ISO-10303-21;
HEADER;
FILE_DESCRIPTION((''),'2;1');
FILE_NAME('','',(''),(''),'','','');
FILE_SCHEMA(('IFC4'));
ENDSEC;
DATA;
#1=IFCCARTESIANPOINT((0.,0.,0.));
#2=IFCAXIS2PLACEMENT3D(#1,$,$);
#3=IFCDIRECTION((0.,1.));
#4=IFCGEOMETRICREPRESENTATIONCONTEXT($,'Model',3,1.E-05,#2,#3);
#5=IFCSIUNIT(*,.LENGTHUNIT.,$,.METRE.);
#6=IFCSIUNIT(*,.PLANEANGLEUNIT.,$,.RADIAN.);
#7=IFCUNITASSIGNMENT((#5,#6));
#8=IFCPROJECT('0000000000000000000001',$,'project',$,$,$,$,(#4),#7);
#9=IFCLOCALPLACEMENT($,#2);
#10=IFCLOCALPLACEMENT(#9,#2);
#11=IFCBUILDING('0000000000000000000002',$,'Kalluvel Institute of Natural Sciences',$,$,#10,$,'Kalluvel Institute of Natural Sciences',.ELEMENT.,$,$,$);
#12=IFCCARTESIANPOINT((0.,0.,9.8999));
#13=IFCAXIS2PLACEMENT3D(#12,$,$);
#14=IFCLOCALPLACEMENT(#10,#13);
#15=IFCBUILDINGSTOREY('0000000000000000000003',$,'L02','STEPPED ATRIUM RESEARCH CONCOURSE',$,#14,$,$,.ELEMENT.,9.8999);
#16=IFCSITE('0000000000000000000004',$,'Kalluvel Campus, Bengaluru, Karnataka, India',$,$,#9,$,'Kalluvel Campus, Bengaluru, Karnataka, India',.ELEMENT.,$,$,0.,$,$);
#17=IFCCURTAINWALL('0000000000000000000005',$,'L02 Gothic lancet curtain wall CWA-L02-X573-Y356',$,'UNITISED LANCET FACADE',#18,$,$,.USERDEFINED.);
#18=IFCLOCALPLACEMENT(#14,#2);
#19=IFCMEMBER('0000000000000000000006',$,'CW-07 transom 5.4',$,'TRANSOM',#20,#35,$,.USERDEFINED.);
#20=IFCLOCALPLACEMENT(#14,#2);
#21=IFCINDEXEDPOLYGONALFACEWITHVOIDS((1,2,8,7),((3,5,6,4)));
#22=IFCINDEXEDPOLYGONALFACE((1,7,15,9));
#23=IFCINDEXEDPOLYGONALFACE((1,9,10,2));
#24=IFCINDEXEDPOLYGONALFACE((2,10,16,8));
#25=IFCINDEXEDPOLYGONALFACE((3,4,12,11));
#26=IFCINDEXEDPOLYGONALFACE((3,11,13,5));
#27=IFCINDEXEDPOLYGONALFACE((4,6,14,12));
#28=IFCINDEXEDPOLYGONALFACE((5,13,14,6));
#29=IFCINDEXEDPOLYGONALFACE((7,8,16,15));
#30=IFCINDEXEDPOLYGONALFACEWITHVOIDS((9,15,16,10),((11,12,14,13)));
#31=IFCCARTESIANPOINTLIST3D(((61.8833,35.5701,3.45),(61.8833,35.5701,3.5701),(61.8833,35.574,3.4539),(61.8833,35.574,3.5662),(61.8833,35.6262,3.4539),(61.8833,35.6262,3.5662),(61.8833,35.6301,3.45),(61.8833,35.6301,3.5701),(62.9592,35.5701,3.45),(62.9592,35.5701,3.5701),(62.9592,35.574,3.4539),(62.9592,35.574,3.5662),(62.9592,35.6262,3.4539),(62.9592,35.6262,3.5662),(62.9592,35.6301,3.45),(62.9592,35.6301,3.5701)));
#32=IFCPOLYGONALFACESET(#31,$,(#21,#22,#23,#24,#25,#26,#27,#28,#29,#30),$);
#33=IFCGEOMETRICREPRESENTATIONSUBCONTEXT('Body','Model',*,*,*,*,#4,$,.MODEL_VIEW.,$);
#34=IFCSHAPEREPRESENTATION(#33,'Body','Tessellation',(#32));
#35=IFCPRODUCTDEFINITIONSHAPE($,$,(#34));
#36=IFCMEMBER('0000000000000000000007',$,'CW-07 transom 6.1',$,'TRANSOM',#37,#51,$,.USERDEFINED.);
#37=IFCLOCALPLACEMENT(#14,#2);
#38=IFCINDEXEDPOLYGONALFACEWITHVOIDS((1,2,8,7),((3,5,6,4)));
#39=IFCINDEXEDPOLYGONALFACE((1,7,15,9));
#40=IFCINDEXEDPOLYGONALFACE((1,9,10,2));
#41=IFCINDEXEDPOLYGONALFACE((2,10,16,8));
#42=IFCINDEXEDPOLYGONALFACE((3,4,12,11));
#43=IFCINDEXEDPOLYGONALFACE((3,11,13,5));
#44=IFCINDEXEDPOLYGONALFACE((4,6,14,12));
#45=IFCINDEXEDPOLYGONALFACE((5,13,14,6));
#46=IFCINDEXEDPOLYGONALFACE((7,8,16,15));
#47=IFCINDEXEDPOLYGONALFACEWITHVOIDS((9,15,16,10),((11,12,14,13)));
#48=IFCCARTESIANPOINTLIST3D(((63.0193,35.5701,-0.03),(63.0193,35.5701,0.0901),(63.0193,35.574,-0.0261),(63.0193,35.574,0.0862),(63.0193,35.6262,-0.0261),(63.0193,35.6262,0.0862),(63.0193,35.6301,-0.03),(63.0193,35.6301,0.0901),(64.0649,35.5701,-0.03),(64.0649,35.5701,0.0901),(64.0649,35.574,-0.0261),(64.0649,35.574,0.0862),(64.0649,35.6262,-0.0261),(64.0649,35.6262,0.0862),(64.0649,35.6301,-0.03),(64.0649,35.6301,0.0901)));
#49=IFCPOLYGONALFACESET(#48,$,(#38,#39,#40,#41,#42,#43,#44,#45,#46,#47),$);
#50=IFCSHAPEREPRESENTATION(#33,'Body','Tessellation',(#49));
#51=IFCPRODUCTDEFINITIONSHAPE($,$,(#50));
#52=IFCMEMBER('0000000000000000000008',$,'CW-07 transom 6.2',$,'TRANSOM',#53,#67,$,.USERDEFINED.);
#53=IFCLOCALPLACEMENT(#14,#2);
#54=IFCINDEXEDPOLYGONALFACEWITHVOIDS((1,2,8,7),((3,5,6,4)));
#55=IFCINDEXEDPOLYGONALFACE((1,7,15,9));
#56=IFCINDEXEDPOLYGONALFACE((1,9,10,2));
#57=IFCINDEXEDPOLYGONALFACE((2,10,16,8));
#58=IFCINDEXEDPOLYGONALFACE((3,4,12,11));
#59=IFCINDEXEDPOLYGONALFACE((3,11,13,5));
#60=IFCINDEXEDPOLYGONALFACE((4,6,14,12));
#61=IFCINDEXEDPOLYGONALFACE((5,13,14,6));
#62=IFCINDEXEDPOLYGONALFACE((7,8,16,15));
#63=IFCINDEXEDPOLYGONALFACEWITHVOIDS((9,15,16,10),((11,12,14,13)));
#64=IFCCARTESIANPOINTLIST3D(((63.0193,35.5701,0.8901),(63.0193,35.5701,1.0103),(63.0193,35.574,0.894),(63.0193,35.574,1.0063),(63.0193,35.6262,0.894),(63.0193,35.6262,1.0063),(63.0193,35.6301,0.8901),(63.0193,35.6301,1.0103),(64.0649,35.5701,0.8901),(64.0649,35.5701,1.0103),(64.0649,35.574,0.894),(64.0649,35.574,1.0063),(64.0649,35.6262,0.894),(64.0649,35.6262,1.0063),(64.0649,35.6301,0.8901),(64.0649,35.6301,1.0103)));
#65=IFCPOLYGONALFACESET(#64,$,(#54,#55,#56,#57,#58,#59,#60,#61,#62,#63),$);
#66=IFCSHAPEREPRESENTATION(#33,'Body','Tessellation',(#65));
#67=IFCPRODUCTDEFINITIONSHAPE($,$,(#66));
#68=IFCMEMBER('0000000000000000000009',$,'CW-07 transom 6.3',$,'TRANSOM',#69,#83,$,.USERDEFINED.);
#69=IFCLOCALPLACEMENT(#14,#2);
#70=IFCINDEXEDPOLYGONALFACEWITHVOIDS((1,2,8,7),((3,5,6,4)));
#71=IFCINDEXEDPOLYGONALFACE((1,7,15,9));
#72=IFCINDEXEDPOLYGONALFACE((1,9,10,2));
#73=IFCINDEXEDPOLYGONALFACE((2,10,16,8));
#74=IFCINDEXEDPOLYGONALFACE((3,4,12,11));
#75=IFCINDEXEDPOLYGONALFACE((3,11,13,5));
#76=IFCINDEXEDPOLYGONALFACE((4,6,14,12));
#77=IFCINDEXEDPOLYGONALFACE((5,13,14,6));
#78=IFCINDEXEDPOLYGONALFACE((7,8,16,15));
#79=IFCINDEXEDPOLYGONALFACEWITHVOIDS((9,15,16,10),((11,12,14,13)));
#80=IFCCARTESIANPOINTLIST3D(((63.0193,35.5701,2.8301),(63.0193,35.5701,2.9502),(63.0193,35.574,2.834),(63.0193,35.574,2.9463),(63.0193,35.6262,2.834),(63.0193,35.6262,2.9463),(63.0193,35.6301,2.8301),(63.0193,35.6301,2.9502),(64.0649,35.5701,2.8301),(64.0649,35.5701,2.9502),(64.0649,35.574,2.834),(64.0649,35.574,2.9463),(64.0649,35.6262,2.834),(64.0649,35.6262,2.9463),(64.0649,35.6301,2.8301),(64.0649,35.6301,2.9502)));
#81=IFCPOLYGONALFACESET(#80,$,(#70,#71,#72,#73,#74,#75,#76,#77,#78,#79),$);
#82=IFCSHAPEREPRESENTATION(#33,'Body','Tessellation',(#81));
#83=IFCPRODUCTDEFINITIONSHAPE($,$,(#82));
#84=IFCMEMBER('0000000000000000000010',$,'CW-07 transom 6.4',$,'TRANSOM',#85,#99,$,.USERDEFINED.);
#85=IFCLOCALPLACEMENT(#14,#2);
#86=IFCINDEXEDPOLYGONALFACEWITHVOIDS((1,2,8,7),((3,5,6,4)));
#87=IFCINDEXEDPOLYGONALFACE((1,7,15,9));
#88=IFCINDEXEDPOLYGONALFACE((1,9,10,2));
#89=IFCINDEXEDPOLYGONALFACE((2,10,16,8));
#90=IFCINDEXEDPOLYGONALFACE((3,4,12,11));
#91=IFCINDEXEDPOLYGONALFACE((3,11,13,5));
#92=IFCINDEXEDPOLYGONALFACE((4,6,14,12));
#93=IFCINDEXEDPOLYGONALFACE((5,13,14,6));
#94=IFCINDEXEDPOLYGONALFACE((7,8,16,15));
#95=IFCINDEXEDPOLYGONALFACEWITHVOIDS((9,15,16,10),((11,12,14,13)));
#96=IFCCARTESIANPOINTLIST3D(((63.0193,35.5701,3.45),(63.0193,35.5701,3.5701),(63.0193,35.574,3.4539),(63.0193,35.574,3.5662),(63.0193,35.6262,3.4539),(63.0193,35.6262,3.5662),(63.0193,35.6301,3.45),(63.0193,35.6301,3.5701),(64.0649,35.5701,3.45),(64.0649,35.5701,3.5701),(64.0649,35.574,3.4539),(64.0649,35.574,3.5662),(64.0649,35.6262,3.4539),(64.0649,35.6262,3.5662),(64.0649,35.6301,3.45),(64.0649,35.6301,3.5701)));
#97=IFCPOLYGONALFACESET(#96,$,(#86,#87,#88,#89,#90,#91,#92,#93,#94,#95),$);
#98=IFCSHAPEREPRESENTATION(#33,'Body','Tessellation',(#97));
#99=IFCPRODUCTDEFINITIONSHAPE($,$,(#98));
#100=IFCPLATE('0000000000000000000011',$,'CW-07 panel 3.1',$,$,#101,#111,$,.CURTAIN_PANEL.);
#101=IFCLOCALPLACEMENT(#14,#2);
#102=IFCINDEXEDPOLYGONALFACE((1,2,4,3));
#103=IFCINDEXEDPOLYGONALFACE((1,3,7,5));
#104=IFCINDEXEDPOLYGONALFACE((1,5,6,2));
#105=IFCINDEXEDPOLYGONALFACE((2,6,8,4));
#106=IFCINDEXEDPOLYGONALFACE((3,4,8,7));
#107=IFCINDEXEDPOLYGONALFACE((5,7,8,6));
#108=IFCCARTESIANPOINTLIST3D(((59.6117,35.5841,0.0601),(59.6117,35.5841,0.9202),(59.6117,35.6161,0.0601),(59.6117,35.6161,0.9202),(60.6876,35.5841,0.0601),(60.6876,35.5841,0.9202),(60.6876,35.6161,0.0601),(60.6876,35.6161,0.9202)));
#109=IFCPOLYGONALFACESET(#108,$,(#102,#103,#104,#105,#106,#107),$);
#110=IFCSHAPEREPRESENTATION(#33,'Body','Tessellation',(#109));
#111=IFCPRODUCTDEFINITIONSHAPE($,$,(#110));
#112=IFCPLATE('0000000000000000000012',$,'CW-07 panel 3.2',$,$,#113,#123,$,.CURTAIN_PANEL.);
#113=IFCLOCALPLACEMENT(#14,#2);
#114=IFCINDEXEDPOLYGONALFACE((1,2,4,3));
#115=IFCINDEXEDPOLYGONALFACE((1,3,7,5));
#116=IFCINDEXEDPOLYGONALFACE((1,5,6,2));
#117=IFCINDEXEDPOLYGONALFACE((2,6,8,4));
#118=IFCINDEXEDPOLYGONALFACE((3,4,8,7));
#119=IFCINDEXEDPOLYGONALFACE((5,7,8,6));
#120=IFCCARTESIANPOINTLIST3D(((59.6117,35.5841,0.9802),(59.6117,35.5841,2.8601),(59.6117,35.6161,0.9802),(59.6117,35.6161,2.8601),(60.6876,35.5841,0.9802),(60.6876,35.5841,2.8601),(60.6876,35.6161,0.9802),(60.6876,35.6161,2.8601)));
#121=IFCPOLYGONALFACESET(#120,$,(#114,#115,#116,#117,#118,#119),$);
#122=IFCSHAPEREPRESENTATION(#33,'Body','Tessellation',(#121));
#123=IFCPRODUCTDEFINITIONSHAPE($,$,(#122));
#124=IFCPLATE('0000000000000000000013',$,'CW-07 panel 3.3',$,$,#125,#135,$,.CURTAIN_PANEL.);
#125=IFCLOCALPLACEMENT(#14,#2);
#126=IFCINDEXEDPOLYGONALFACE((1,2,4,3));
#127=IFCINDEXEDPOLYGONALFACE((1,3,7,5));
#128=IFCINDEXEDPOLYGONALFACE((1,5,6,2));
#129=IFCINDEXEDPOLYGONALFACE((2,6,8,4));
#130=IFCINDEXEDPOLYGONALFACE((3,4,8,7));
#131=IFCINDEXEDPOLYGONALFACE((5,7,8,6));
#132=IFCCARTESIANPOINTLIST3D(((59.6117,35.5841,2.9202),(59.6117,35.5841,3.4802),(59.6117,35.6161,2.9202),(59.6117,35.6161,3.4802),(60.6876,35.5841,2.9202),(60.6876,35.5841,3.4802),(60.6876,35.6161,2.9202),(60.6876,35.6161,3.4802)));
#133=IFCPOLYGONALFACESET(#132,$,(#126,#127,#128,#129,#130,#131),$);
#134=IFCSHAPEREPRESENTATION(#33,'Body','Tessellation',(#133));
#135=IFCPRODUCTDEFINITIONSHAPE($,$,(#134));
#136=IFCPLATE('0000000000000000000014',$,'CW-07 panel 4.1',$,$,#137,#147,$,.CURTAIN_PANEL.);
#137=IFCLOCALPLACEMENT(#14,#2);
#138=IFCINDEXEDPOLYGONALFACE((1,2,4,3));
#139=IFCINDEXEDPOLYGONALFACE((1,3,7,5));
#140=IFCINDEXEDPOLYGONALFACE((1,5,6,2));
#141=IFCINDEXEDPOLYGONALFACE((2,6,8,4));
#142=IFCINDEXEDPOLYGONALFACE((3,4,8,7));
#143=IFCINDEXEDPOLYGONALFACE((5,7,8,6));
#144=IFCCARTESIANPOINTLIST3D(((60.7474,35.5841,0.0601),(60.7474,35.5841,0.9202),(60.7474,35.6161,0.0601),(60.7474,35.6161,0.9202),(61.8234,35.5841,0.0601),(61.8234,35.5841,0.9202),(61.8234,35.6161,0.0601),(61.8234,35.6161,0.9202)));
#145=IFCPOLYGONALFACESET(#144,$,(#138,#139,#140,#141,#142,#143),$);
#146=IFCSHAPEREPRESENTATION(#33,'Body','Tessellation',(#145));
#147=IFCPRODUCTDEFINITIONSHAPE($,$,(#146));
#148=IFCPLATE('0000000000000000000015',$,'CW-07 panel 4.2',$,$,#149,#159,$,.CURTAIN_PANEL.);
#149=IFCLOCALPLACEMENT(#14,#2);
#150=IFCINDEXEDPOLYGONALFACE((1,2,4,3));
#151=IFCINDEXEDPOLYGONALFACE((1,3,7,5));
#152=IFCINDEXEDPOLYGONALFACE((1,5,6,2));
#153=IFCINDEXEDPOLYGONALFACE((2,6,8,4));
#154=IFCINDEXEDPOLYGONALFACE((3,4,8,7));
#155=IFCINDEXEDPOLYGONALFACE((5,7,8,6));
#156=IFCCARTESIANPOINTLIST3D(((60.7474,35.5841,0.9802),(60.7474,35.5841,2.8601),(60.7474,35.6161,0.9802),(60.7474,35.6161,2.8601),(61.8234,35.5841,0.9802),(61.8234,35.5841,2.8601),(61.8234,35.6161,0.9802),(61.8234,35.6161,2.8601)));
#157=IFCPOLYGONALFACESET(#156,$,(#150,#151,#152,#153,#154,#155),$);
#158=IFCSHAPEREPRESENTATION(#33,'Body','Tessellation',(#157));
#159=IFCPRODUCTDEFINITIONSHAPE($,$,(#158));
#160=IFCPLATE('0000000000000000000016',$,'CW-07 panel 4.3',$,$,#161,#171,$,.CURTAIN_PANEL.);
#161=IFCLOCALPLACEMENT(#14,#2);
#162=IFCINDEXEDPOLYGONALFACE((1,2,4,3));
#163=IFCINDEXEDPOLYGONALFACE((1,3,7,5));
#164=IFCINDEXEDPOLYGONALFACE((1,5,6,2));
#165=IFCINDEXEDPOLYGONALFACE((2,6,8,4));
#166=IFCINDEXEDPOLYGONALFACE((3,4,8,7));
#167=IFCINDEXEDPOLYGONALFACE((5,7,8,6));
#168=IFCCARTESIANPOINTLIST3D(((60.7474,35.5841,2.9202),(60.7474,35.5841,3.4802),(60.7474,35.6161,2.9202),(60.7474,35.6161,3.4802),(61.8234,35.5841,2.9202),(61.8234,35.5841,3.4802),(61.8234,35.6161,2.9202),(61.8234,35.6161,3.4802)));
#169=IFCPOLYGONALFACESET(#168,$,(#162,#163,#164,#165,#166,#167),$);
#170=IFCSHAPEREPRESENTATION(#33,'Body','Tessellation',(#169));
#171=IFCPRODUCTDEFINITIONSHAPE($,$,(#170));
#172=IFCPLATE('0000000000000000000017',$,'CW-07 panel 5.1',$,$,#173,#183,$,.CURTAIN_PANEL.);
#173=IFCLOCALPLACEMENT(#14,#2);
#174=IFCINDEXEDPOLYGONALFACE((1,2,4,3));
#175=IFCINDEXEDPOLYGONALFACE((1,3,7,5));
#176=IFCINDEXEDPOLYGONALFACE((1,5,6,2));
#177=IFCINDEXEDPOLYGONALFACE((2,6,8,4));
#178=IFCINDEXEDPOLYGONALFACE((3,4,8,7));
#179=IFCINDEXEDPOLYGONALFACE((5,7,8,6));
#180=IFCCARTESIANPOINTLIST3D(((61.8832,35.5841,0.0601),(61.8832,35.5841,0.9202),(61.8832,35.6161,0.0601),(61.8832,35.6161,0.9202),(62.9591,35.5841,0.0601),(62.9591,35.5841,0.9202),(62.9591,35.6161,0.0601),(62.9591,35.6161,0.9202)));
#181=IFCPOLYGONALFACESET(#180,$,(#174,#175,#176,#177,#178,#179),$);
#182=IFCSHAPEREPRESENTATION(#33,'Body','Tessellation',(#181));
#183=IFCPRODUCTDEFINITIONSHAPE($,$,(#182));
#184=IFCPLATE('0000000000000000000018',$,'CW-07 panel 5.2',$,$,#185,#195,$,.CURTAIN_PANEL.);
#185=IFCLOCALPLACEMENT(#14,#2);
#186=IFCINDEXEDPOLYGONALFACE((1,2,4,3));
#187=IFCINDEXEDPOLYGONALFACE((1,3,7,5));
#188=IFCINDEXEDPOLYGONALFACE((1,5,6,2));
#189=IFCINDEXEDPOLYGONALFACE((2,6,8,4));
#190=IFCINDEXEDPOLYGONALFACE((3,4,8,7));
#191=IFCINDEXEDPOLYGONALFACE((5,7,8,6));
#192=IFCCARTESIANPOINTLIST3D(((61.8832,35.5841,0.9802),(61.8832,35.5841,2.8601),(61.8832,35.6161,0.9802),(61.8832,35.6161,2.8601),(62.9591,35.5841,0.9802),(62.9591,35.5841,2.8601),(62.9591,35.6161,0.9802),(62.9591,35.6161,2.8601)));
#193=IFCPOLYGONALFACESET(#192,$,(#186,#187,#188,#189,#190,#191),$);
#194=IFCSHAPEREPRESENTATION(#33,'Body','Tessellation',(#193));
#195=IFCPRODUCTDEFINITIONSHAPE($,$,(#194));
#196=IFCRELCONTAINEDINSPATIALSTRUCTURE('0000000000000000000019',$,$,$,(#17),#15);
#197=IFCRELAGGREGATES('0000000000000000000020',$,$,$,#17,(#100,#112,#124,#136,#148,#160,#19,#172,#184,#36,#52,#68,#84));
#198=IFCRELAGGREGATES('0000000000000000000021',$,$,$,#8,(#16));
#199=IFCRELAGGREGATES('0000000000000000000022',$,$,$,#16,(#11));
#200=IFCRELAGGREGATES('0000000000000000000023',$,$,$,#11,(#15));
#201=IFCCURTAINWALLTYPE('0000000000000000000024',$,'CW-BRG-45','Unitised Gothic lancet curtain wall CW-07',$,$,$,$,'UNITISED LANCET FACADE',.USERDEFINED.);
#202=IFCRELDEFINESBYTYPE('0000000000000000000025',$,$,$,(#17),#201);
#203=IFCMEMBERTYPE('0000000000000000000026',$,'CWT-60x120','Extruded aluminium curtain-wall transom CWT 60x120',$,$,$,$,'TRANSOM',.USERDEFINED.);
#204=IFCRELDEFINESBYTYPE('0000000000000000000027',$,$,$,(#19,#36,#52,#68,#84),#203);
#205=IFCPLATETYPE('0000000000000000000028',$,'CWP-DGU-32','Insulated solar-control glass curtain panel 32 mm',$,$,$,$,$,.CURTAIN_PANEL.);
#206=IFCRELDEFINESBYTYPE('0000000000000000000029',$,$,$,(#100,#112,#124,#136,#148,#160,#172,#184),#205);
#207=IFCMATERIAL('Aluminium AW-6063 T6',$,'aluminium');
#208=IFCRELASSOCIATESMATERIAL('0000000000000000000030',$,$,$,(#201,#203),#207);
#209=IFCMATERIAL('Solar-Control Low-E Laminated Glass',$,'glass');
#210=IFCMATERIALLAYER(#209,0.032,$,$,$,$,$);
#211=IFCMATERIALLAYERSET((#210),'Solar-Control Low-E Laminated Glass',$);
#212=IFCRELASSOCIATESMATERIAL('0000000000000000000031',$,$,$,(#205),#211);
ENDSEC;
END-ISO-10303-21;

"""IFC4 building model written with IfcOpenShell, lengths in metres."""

from ifc_helpers import new_model, si_unit, direction, frame, origin, origin_2d, place, context, subcontext, project, spatial, rectangle, hollow_rectangle, extrude, material, layer, layer_set, material_profile, profile_set, type_object, element, aggregate, save


model = new_model("IFC4")

# Units and contexts
model_context = context("Model", 3, precision=1e-05, world=origin(), true_north=direction((0.0, 1.0)))
body_context = subcontext(model_context, "Body", "Model", "MODEL_VIEW")
ifc_project = project(units=[si_unit("LENGTHUNIT", "METRE"), si_unit("PLANEANGLEUNIT", "RADIAN")], contexts=[model_context])

# Site, building, storey
site_placement = place(None, origin())
site = spatial("IfcSite", under=ifc_project, at=site_placement, Name="Kalluvel Campus, Bengaluru, Karnataka, India", LongName="Kalluvel Campus, Bengaluru, Karnataka, India", CompositionType="ELEMENT", RefElevation=0.0)
building_placement = place(site_placement, origin())
building = spatial("IfcBuilding", under=site, at=building_placement, Name="Kalluvel Institute of Natural Sciences", LongName="Kalluvel Institute of Natural Sciences", CompositionType="ELEMENT")
storey_placement = place(building_placement, frame((0.0, 0.0, 9.8999)))
storey = spatial("IfcBuildingStorey", under=building, at=storey_placement, Name="L02", Description="STEPPED ATRIUM RESEARCH CONCOURSE", CompositionType="ELEMENT", Elevation=9.8999)

# Curtain wall, members, plates
ifc_material_1 = material(Name="Aluminium AW-6063 T6", Category="aluminium")
curtain_wall_type = type_object("IfcCurtainWallType", Name="CW-BRG-45", Description="Unitised Gothic lancet curtain wall CW-07", ElementType="UNITISED LANCET FACADE", PredefinedType="USERDEFINED", material=ifc_material_1)
curtain_wall_placement = place(storey_placement, origin())
curtain_wall = element("IfcCurtainWall", 1, at=curtain_wall_placement, inside=storey, type_object=curtain_wall_type, Name="L02 Gothic lancet curtain wall CWA-L02-X573-Y356", ObjectType="UNITISED LANCET FACADE", PredefinedType="USERDEFINED")
ifc_material_profile_1 = material_profile(ifc_material_1, hollow_rectangle(XDim=0.0601, YDim=0.1201, WallThickness=0.0039, at=origin_2d()), Name="CWT 60x120")
ifc_profile_set_1 = profile_set([ifc_material_profile_1], Name="Aluminium AW-6063 T6")
member_type_1 = type_object("IfcMemberType", Name="CWT-60x120", Description="Extruded aluminium curtain-wall transom CWT 60x120", ElementType="TRANSOM", PredefinedType="USERDEFINED", material=ifc_profile_set_1)
member_1_placement = place(storey_placement, frame((61.8833, 35.6001, 3.51), z_axis=(1.0, 0.0, 0.0), x_axis=(0.0, 1.0, 0.0)))
member_1 = element("IfcMember", 2, at=member_1_placement, type_object=member_type_1, Name="CW-07 transom 5.4", ObjectType="TRANSOM", PredefinedType="USERDEFINED", context=body_context, shape_type="SweptSolid", body=[
    extrude(hollow_rectangle(XDim=0.0601, YDim=0.1201, WallThickness=0.0039, at=origin_2d()), origin(), (0.0, 0.0, 1.0), 1.0759),
])
member_2_placement = place(storey_placement, frame((63.0193, 35.6001, 0.03), z_axis=(1.0, 0.0, 0.0), x_axis=(0.0, 1.0, 0.0)))
member_2 = element("IfcMember", 3, at=member_2_placement, type_object=member_type_1, Name="CW-07 transom 6.1", ObjectType="TRANSOM", PredefinedType="USERDEFINED", context=body_context, shape_type="SweptSolid", body=[
    extrude(hollow_rectangle(XDim=0.0601, YDim=0.1201, WallThickness=0.0039, at=origin_2d()), origin(), (0.0, 0.0, 1.0), 1.0457),
])
member_3_placement = place(storey_placement, frame((63.0193, 35.6001, 0.9502), z_axis=(1.0, 0.0, 0.0), x_axis=(0.0, 1.0, 0.0)))
member_3 = element("IfcMember", 4, at=member_3_placement, type_object=member_type_1, Name="CW-07 transom 6.2", ObjectType="TRANSOM", PredefinedType="USERDEFINED", context=body_context, shape_type="SweptSolid", body=[
    extrude(hollow_rectangle(XDim=0.0601, YDim=0.1201, WallThickness=0.0039, at=origin_2d()), origin(), (0.0, 0.0, 1.0), 1.0457),
])
member_4_placement = place(storey_placement, frame((63.0193, 35.6001, 2.8901), z_axis=(1.0, 0.0, 0.0), x_axis=(0.0, 1.0, 0.0)))
member_4 = element("IfcMember", 5, at=member_4_placement, type_object=member_type_1, Name="CW-07 transom 6.3", ObjectType="TRANSOM", PredefinedType="USERDEFINED", context=body_context, shape_type="SweptSolid", body=[
    extrude(hollow_rectangle(XDim=0.0601, YDim=0.1201, WallThickness=0.0039, at=origin_2d()), origin(), (0.0, 0.0, 1.0), 1.0457),
])
member_5_placement = place(storey_placement, frame((63.0193, 35.6001, 3.51), z_axis=(1.0, 0.0, 0.0), x_axis=(0.0, 1.0, 0.0)))
member_5 = element("IfcMember", 6, at=member_5_placement, type_object=member_type_1, Name="CW-07 transom 6.4", ObjectType="TRANSOM", PredefinedType="USERDEFINED", context=body_context, shape_type="SweptSolid", body=[
    extrude(hollow_rectangle(XDim=0.0601, YDim=0.1201, WallThickness=0.0039, at=origin_2d()), origin(), (0.0, 0.0, 1.0), 1.0457),
])
ifc_material_2 = material(Name="Solar-Control Low-E Laminated Glass", Category="glass")
ifc_layer = layer(ifc_material_2, 0.032)
ifc_layer_set = layer_set([ifc_layer], Name="Solar-Control Low-E Laminated Glass")
plate_type = type_object("IfcPlateType", Name="CWP-DGU-32", Description="Insulated solar-control glass curtain panel 32 mm", PredefinedType="CURTAIN_PANEL", material=ifc_layer_set)
plate_1_placement = place(storey_placement, frame((60.1497, 35.6001, 0.0601), z_axis=(0.0, 0.0, 1.0), x_axis=(1.0, 0.0, 0.0)))
plate_1 = element("IfcPlate", 7, at=plate_1_placement, type_object=plate_type, Name="CW-07 panel 3.1", PredefinedType="CURTAIN_PANEL", context=body_context, shape_type="SweptSolid", body=[
    extrude(rectangle(XDim=1.0759, YDim=0.032, at=origin_2d()), origin(), (0.0, 0.0, 1.0), 0.8601),
])
plate_2_placement = place(storey_placement, frame((60.1497, 35.6001, 0.9802), z_axis=(0.0, 0.0, 1.0), x_axis=(1.0, 0.0, 0.0)))
plate_2 = element("IfcPlate", 8, at=plate_2_placement, type_object=plate_type, Name="CW-07 panel 3.2", PredefinedType="CURTAIN_PANEL", context=body_context, shape_type="SweptSolid", body=[
    extrude(rectangle(XDim=1.0759, YDim=0.032, at=origin_2d()), origin(), (0.0, 0.0, 1.0), 1.8799),
])
plate_3_placement = place(storey_placement, frame((60.1497, 35.6001, 2.9202), z_axis=(0.0, 0.0, 1.0), x_axis=(1.0, 0.0, 0.0)))
plate_3 = element("IfcPlate", 9, at=plate_3_placement, type_object=plate_type, Name="CW-07 panel 3.3", PredefinedType="CURTAIN_PANEL", context=body_context, shape_type="SweptSolid", body=[
    extrude(rectangle(XDim=1.0759, YDim=0.032, at=origin_2d()), origin(), (0.0, 0.0, 1.0), 0.5601),
])
plate_4_placement = place(storey_placement, frame((61.2854, 35.6001, 0.0601), z_axis=(0.0, 0.0, 1.0), x_axis=(1.0, 0.0, 0.0)))
plate_4 = element("IfcPlate", 10, at=plate_4_placement, type_object=plate_type, Name="CW-07 panel 4.1", PredefinedType="CURTAIN_PANEL", context=body_context, shape_type="SweptSolid", body=[
    extrude(rectangle(XDim=1.0759, YDim=0.032, at=origin_2d()), origin(), (0.0, 0.0, 1.0), 0.8601),
])
plate_5_placement = place(storey_placement, frame((61.2854, 35.6001, 0.9802), z_axis=(0.0, 0.0, 1.0), x_axis=(1.0, 0.0, 0.0)))
plate_5 = element("IfcPlate", 11, at=plate_5_placement, type_object=plate_type, Name="CW-07 panel 4.2", PredefinedType="CURTAIN_PANEL", context=body_context, shape_type="SweptSolid", body=[
    extrude(rectangle(XDim=1.0759, YDim=0.032, at=origin_2d()), origin(), (0.0, 0.0, 1.0), 1.8799),
])
plate_6_placement = place(storey_placement, frame((61.2854, 35.6001, 2.9202), z_axis=(0.0, 0.0, 1.0), x_axis=(1.0, 0.0, 0.0)))
plate_6 = element("IfcPlate", 12, at=plate_6_placement, type_object=plate_type, Name="CW-07 panel 4.3", PredefinedType="CURTAIN_PANEL", context=body_context, shape_type="SweptSolid", body=[
    extrude(rectangle(XDim=1.0759, YDim=0.032, at=origin_2d()), origin(), (0.0, 0.0, 1.0), 0.5601),
])
plate_7_placement = place(storey_placement, frame((62.4211, 35.6001, 0.0601), z_axis=(0.0, 0.0, 1.0), x_axis=(1.0, 0.0, 0.0)))
plate_7 = element("IfcPlate", 13, at=plate_7_placement, type_object=plate_type, Name="CW-07 panel 5.1", PredefinedType="CURTAIN_PANEL", context=body_context, shape_type="SweptSolid", body=[
    extrude(rectangle(XDim=1.0759, YDim=0.032, at=origin_2d()), origin(), (0.0, 0.0, 1.0), 0.8601),
])
plate_8_placement = place(storey_placement, frame((62.4211, 35.6001, 0.9802), z_axis=(0.0, 0.0, 1.0), x_axis=(1.0, 0.0, 0.0)))
plate_8 = element("IfcPlate", 14, at=plate_8_placement, type_object=plate_type, Name="CW-07 panel 5.2", PredefinedType="CURTAIN_PANEL", context=body_context, shape_type="SweptSolid", body=[
    extrude(rectangle(XDim=1.0759, YDim=0.032, at=origin_2d()), origin(), (0.0, 0.0, 1.0), 1.8799),
])
aggregate(curtain_wall, [plate_1, plate_2, plate_3, plate_4, plate_5, plate_6, member_1, plate_7, plate_8, member_2, member_3, member_4, member_5])

save(model, "model.ifc")
